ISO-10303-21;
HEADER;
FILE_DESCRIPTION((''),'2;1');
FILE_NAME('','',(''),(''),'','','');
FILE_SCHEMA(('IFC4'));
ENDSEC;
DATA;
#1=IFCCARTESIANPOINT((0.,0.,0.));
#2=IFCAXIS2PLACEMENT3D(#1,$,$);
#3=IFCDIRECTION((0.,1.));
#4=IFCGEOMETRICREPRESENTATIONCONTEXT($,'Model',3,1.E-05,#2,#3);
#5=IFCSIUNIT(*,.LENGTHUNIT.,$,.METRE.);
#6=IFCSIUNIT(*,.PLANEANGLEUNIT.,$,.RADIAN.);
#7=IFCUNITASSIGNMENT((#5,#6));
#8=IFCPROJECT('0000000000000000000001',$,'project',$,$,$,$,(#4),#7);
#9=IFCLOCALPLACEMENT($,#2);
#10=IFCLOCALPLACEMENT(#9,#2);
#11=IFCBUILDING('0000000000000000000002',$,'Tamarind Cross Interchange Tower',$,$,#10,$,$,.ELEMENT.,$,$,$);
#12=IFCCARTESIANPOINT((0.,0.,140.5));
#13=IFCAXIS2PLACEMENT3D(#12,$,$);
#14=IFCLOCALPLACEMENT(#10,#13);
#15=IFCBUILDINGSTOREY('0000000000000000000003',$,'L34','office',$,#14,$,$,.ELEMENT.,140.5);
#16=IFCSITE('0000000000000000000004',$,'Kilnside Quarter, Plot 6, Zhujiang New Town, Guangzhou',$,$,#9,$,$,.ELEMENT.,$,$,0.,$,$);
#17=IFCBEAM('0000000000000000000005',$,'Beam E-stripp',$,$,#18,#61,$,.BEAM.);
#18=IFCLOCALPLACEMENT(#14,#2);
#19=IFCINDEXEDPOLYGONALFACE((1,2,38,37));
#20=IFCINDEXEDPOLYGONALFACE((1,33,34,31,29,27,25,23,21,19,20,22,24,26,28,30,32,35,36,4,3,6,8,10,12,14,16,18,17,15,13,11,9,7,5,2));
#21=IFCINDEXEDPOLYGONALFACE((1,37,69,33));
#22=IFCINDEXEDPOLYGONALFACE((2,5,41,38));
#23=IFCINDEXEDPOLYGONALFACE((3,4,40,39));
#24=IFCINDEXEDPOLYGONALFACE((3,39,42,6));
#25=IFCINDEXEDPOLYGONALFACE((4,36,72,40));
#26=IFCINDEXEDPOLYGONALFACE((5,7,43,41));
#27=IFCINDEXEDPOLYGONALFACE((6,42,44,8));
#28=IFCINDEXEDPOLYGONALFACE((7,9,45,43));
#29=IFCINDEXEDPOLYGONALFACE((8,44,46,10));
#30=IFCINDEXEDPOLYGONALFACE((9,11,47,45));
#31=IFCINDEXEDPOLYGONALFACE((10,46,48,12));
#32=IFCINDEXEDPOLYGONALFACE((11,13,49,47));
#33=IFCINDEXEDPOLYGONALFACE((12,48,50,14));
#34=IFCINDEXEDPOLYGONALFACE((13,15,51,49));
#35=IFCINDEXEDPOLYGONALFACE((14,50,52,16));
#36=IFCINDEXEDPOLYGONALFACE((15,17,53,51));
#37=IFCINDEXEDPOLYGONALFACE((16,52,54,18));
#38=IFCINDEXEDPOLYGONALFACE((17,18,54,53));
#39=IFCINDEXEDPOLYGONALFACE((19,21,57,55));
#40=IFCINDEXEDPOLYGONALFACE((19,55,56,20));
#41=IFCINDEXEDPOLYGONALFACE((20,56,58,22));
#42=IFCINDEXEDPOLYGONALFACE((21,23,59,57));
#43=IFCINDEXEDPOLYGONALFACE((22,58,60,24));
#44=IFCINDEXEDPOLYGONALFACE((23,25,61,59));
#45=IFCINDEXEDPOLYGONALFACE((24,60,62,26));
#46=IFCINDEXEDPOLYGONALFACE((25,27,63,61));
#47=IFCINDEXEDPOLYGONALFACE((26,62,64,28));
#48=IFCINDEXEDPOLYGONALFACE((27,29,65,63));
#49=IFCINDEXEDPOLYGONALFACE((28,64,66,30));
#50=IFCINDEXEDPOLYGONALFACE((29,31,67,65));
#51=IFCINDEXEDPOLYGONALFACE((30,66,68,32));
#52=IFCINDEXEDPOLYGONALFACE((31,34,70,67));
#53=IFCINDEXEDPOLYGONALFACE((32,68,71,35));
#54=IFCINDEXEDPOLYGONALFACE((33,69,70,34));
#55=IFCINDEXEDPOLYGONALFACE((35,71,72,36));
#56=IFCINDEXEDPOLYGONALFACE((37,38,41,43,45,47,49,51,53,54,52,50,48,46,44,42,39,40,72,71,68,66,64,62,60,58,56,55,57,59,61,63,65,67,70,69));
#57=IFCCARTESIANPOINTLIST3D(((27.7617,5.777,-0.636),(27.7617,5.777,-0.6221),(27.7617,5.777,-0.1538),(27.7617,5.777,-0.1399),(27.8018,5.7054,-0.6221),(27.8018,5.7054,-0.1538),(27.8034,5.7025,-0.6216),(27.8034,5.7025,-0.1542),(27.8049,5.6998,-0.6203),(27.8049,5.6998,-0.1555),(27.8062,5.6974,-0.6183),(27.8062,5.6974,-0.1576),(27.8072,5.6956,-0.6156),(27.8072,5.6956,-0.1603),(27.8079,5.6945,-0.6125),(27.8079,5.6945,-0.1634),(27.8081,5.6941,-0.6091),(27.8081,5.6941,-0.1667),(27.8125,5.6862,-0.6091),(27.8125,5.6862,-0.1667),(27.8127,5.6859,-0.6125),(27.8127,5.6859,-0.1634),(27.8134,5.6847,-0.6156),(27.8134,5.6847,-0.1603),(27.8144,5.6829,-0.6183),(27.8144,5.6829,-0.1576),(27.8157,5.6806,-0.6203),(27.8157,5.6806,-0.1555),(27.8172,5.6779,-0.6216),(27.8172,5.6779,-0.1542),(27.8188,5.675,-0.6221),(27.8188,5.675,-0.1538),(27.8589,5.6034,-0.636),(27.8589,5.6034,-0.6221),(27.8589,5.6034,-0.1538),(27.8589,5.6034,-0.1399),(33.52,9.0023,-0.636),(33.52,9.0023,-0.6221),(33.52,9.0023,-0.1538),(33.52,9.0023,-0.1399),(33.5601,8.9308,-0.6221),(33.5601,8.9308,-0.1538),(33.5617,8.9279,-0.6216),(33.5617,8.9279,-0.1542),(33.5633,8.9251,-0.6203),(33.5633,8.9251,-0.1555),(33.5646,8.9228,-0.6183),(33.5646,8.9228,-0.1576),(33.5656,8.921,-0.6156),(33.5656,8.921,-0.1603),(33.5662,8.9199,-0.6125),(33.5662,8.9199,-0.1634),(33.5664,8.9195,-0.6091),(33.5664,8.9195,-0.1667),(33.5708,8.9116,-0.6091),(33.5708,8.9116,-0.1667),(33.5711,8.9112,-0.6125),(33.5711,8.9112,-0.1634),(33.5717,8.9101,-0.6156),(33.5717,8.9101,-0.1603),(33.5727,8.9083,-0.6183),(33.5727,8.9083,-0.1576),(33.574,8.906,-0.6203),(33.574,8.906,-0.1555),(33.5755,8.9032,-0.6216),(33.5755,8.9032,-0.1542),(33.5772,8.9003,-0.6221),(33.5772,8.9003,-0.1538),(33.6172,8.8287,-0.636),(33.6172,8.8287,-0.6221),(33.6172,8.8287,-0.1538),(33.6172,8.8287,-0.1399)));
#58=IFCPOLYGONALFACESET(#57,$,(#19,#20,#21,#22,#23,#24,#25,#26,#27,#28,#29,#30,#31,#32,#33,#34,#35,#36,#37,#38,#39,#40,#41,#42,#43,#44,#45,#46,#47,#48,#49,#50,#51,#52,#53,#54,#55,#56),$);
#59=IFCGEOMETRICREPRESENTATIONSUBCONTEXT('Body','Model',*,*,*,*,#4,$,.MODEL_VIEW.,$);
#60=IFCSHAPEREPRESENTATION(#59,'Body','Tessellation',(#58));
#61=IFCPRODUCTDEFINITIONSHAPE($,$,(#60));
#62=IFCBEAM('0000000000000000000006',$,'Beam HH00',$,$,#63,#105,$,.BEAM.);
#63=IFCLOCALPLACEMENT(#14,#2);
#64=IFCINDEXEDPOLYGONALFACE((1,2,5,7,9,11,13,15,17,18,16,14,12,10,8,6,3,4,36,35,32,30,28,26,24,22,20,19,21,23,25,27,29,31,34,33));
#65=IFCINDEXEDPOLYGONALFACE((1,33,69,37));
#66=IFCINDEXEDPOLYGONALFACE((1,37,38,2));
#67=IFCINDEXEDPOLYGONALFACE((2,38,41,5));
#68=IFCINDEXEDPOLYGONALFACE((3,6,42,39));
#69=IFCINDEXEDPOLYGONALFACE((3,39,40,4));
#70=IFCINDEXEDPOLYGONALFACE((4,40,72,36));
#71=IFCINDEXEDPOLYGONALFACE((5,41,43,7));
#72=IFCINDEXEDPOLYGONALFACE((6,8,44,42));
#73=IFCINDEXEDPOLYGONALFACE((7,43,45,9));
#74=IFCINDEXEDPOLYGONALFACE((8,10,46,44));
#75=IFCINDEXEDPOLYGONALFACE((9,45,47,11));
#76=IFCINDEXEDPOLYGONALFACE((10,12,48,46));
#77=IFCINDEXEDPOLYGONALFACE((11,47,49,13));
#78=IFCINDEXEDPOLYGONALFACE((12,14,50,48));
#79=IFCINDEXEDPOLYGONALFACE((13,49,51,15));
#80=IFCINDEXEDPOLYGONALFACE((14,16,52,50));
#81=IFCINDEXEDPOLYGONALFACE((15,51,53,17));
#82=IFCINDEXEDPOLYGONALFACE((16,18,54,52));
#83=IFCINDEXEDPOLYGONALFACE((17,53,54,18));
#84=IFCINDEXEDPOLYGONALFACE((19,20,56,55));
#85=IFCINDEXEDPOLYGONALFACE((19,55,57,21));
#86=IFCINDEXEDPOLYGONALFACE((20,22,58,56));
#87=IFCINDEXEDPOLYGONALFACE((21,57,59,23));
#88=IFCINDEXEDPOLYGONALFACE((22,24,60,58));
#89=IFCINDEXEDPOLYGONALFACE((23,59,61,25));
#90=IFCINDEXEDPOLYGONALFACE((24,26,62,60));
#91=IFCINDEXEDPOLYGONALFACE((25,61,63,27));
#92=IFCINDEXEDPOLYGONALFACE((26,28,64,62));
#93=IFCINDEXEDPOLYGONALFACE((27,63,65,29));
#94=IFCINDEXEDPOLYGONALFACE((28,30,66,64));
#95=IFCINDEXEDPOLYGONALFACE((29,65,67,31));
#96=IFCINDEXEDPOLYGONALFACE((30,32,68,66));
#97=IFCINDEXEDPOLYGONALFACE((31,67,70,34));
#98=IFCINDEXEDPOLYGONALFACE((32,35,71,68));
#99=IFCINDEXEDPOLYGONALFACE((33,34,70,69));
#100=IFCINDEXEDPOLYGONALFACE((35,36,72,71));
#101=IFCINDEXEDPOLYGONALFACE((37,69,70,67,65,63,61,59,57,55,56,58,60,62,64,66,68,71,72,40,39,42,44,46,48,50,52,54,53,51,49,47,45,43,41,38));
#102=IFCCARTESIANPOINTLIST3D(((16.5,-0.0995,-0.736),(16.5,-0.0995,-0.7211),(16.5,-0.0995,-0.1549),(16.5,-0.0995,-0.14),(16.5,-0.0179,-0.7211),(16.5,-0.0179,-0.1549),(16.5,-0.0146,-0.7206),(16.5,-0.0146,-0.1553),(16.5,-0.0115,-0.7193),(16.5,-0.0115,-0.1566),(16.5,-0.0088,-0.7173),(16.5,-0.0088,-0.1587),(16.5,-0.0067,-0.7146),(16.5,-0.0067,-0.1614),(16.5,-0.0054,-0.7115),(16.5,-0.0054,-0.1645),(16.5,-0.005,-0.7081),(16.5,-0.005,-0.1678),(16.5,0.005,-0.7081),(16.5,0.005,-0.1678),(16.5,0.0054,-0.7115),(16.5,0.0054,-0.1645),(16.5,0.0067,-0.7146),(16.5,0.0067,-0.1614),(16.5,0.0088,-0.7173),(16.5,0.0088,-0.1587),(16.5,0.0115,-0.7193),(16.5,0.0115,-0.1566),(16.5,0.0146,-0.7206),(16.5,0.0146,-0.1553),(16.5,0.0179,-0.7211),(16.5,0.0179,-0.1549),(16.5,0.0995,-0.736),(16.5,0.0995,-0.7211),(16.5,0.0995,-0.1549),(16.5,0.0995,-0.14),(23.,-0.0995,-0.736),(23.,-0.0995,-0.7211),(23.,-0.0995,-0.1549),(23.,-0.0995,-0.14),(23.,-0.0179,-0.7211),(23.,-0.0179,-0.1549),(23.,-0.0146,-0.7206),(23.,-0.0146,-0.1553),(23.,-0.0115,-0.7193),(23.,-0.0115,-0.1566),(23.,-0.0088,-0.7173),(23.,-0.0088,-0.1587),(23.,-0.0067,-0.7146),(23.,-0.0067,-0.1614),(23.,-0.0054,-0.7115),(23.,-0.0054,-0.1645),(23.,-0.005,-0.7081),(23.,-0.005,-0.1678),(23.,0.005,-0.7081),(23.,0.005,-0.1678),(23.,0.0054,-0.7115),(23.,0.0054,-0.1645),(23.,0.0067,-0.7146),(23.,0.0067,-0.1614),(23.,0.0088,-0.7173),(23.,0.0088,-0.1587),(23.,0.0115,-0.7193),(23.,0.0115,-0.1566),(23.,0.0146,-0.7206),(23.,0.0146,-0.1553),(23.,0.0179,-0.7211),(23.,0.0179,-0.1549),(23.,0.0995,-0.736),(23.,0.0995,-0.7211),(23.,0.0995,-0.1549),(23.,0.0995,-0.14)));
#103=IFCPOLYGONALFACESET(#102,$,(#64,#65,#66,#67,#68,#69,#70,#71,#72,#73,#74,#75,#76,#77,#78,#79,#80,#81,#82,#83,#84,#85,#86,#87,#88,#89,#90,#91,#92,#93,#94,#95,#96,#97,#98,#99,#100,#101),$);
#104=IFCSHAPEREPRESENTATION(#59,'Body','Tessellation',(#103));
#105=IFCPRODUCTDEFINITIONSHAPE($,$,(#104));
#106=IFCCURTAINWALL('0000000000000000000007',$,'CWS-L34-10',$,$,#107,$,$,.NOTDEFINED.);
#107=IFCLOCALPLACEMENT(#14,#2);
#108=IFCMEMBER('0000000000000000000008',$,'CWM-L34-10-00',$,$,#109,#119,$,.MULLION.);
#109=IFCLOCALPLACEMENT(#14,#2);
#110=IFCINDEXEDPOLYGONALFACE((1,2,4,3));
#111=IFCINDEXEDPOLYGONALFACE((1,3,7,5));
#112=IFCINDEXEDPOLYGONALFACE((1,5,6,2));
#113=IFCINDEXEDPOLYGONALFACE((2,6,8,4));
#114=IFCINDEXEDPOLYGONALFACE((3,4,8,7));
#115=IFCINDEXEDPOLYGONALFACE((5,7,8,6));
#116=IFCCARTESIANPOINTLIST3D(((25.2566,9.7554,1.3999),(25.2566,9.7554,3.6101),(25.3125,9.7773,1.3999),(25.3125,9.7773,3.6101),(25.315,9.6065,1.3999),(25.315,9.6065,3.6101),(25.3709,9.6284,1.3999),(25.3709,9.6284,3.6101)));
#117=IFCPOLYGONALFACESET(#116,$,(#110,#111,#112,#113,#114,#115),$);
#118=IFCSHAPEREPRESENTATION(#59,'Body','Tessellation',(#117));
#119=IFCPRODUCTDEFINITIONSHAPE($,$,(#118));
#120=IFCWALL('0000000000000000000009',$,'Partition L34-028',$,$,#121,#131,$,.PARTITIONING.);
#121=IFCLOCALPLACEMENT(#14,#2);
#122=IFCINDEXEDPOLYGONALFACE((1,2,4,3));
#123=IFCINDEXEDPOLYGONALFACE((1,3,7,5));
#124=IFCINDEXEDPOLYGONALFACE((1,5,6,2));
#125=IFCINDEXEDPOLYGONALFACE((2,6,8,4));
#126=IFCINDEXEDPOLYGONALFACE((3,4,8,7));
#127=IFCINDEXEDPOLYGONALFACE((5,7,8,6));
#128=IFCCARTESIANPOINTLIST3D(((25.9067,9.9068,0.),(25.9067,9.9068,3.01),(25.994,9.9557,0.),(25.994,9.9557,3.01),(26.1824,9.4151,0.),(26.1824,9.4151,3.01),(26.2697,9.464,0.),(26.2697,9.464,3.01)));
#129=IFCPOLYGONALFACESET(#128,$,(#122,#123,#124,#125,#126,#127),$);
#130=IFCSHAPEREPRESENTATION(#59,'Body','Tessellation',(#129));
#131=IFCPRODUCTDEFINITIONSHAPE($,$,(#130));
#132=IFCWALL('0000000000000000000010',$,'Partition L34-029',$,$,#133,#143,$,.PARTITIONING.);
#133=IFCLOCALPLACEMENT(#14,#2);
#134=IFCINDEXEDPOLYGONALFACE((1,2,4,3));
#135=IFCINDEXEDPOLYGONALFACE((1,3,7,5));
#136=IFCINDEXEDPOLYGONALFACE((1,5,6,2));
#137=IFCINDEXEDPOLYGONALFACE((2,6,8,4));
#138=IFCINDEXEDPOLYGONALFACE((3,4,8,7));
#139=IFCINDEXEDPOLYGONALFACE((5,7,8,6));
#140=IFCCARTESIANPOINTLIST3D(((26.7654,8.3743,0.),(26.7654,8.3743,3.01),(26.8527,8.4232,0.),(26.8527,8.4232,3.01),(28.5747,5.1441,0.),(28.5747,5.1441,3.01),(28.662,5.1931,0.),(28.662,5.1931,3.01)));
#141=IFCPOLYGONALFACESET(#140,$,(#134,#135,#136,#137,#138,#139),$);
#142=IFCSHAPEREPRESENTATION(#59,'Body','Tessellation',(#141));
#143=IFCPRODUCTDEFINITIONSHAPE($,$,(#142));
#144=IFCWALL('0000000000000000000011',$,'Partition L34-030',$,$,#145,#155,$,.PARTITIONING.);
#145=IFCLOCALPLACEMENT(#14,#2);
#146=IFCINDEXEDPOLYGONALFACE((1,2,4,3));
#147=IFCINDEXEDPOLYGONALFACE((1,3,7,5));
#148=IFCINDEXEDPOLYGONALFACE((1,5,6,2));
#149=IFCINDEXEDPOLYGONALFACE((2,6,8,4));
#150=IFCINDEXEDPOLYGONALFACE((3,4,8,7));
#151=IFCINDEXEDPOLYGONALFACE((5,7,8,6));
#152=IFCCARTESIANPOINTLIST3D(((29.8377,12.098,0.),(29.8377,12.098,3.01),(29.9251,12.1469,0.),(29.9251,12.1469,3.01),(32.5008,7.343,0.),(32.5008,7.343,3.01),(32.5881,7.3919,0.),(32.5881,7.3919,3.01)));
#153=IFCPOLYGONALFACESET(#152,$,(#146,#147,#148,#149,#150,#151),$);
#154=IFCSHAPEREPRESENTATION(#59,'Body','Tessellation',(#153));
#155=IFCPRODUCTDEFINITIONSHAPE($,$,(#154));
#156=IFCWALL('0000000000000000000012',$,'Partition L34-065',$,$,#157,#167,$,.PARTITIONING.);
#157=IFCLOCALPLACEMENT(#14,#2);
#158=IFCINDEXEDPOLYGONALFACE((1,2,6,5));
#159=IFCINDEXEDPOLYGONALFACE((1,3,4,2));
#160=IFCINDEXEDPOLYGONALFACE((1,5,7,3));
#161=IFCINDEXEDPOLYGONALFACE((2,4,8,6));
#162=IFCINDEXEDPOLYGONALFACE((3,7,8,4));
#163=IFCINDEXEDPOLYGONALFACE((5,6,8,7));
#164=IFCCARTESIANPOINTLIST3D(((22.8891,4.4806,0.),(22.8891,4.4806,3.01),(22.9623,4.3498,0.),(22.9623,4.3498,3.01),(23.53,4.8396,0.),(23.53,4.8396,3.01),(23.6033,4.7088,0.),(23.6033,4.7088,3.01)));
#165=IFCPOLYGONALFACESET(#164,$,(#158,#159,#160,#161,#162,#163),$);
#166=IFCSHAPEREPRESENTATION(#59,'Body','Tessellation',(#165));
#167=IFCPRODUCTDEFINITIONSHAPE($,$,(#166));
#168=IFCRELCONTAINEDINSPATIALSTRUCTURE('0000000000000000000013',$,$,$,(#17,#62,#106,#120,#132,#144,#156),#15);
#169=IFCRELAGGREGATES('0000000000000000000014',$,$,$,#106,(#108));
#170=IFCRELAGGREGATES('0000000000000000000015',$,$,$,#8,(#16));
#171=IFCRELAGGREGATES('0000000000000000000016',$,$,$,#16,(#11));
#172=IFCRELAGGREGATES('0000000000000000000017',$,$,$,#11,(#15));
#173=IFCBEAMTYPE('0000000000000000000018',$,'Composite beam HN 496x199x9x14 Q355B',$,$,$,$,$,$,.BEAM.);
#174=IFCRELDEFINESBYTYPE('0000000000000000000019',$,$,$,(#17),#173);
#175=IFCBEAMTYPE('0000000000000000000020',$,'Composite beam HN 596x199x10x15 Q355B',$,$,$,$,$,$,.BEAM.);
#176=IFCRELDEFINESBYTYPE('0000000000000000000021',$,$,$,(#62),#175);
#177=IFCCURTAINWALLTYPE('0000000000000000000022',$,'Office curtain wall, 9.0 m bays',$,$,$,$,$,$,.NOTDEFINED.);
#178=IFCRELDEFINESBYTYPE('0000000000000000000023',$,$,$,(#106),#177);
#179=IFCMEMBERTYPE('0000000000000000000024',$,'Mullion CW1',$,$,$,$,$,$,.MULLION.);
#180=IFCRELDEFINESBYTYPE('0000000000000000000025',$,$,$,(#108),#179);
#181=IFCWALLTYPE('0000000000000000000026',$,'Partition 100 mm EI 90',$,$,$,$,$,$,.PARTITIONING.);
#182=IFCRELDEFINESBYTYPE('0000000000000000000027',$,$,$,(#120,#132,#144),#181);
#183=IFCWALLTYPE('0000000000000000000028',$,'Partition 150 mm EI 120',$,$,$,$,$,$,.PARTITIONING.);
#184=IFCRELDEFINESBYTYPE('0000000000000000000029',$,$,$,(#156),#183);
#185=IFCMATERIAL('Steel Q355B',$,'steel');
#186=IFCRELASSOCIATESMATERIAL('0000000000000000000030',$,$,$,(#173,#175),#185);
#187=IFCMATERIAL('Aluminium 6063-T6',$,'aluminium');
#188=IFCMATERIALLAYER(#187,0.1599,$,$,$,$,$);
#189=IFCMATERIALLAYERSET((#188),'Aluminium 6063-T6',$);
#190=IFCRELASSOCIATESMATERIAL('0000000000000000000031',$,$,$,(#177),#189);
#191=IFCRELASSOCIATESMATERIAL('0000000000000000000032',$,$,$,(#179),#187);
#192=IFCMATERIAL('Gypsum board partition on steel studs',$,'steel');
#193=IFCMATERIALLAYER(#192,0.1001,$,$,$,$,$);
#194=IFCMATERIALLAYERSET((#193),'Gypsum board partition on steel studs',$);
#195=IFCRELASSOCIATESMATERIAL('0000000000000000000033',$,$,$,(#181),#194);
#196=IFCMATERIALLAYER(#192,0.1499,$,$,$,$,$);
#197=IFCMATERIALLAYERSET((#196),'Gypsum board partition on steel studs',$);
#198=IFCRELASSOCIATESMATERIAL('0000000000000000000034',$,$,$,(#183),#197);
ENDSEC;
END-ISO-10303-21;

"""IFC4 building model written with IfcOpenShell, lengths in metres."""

from ifc_helpers import new_model, si_unit, direction, frame, frame_2d, origin, origin_2d, place, context, subcontext, project, spatial, rectangle, i_section, extrude, material, layer, layer_set, material_profile, profile_set, type_object, element, aggregate, save


model = new_model("IFC4")

# Units and contexts
model_context = context("Model", 3, precision=1e-05, world=origin(), true_north=direction((0.0, 1.0)))
body_context = subcontext(model_context, "Body", "Model", "MODEL_VIEW")
ifc_project = project(units=[si_unit("LENGTHUNIT", "METRE"), si_unit("PLANEANGLEUNIT", "RADIAN")], contexts=[model_context])

# Site, building, storey
site_placement = place(None, origin())
site = spatial("IfcSite", under=ifc_project, at=site_placement, Name="Kilnside Quarter, Plot 6, Zhujiang New Town, Guangzhou", CompositionType="ELEMENT", RefElevation=0.0)
building_placement = place(site_placement, origin())
building = spatial("IfcBuilding", under=site, at=building_placement, Name="Tamarind Cross Interchange Tower", CompositionType="ELEMENT")
storey_placement = place(building_placement, frame((0.0, 0.0, 140.5)))
storey = spatial("IfcBuildingStorey", under=building, at=storey_placement, Name="L34", Description="office", CompositionType="ELEMENT", Elevation=140.5)

# Beams
ifc_material_1 = material(Name="Steel Q355B", Category="steel")
ifc_material_profile_1 = material_profile(ifc_material_1, i_section(OverallWidth=0.199, OverallDepth=0.4961, WebThickness=0.009, FlangeThickness=0.0139, FilletRadius=0.0129, at=origin_2d()), Name="HN 496x199x9x14")
ifc_profile_set_1 = profile_set([ifc_material_profile_1], Name="Steel Q355B")
beam_type_1 = type_object("IfcBeamType", Name="Composite beam HN 496x199x9x14 Q355B", PredefinedType="BEAM", material=ifc_profile_set_1)
beam_1_placement = place(storey_placement, frame((27.8103, 5.6902, -0.3879), z_axis=(0.872461, 0.488683, 0.0), x_axis=(-0.488683, 0.872461, 0.0)))
element("IfcBeam", 1, at=beam_1_placement, inside=storey, type_object=beam_type_1, Name="Beam E-stripp", PredefinedType="BEAM", context=body_context, shape_type="SweptSolid", body=[
    extrude(i_section(OverallWidth=0.199, OverallDepth=0.4961, WebThickness=0.009, FlangeThickness=0.0139, FilletRadius=0.0129, at=origin_2d()), origin(), (0.0, 0.0, 1.0), 6.6001),
])
ifc_material_profile_2 = material_profile(ifc_material_1, i_section(OverallWidth=0.199, OverallDepth=0.5959, WebThickness=0.01, FlangeThickness=0.0149, FilletRadius=0.0129, at=origin_2d()), Name="HN 596x199x10x15")
ifc_profile_set_2 = profile_set([ifc_material_profile_2], Name="Steel Q355B")
beam_type_2 = type_object("IfcBeamType", Name="Composite beam HN 596x199x10x15 Q355B", PredefinedType="BEAM", material=ifc_profile_set_2)
beam_2_placement = place(storey_placement, frame((23.0, 0.0, -0.438), z_axis=(-1.0, 0.0, 0.0), x_axis=(0.0, -1.0, 0.0)))
element("IfcBeam", 2, at=beam_2_placement, inside=storey, type_object=beam_type_2, Name="Beam HH00", PredefinedType="BEAM", context=body_context, shape_type="SweptSolid", body=[
    extrude(i_section(OverallWidth=0.199, OverallDepth=0.5959, WebThickness=0.01, FlangeThickness=0.0149, FilletRadius=0.0129, at=origin_2d()), origin(), (0.0, 0.0, 1.0), 6.5),
])

# Curtain wall, member
ifc_material_2 = material(Name="Aluminium 6063-T6", Category="aluminium")
ifc_layer_1 = layer(ifc_material_2, 0.1599)
ifc_layer_set_1 = layer_set([ifc_layer_1], Name="Aluminium 6063-T6")
curtain_wall_type = type_object("IfcCurtainWallType", Name="Office curtain wall, 9.0 m bays", PredefinedType="NOTDEFINED", material=ifc_layer_set_1)
curtain_wall_placement = place(storey_placement, origin())
curtain_wall = element("IfcCurtainWall", 3, at=curtain_wall_placement, inside=storey, type_object=curtain_wall_type, Name="CWS-L34-10", PredefinedType="NOTDEFINED")
ifc_material_profile_3 = material_profile(ifc_material_2, rectangle(XDim=0.0601, YDim=0.1599, at=origin_2d()), Name="Mullion CW1")
ifc_profile_set_3 = profile_set([ifc_material_profile_3], Name="Aluminium 6063-T6")
member_type = type_object("IfcMemberType", Name="Mullion CW1", PredefinedType="MULLION", material=ifc_profile_set_3)
member_placement = place(storey_placement, frame((25.3137, 9.6919, 1.3999), z_axis=(0.0, 0.0, 1.0), x_axis=(-0.930869, -0.365354, 0.0)))
member = element("IfcMember", 4, at=member_placement, type_object=member_type, Name="CWM-L34-10-00", PredefinedType="MULLION", context=body_context, shape_type="SweptSolid", body=[
    extrude(rectangle(XDim=0.0601, YDim=0.1599, at=origin_2d()), origin(), (0.0, 0.0, 1.0), 2.2102),
])
aggregate(curtain_wall, [member])

# Walls
ifc_material_3 = material(Name="Gypsum board partition on steel studs", Category="steel")
ifc_layer_2 = layer(ifc_material_3, 0.1001)
ifc_layer_set_2 = layer_set([ifc_layer_2], Name="Gypsum board partition on steel studs")
wall_type_1 = type_object("IfcWallType", Name="Partition 100 mm EI 90", PredefinedType="PARTITIONING", material=ifc_layer_set_2)
wall_1_placement = place(storey_placement, frame((25.9504, 9.9312, 0.0), z_axis=(0.0, 0.0, 1.0), x_axis=(0.488986, -0.872292, 0.0)))
element("IfcWall", 5, at=wall_1_placement, inside=storey, type_object=wall_type_1, Name="Partition L34-028", PredefinedType="PARTITIONING", context=body_context, shape_type="SweptSolid", body=[
    extrude(rectangle(XDim=0.5637, YDim=0.1001, at=frame_2d((0.2817, 0.0))), origin(), (0.0, 0.0, 1.0), 3.01),
])
wall_2_placement = place(storey_placement, frame((26.8091, 8.3987, 0.0), z_axis=(0.0, 0.0, 1.0), x_axis=(0.488686, -0.87246, 0.0)))
element("IfcWall", 6, at=wall_2_placement, inside=storey, type_object=wall_type_1, Name="Partition L34-029", PredefinedType="PARTITIONING", context=body_context, shape_type="SweptSolid", body=[
    extrude(rectangle(XDim=3.7024, YDim=0.1001, at=frame_2d((1.8511, 0.0))), origin(), (0.0, 0.0, 1.0), 3.01),
])
wall_3_placement = place(storey_placement, frame((29.8813, 12.1226, 0.0), z_axis=(0.0, 0.0, 1.0), x_axis=(0.488633, -0.872489, 0.0)))
element("IfcWall", 7, at=wall_3_placement, inside=storey, type_object=wall_type_1, Name="Partition L34-030", PredefinedType="PARTITIONING", context=body_context, shape_type="SweptSolid", body=[
    extrude(rectangle(XDim=5.45, YDim=0.1001, at=frame_2d((2.7251, 0.0))), origin(), (0.0, 0.0, 1.0), 3.01),
])
ifc_layer_3 = layer(ifc_material_3, 0.1499)
ifc_layer_set_3 = layer_set([ifc_layer_3], Name="Gypsum board partition on steel studs")
wall_type_2 = type_object("IfcWallType", Name="Partition 150 mm EI 120", PredefinedType="PARTITIONING", material=ifc_layer_set_3)
wall_4_placement = place(storey_placement, frame((22.9258, 4.4153, 0.0), z_axis=(0.0, 0.0, 1.0), x_axis=(0.872506, 0.488603, 0.0)))
element("IfcWall", 8, at=wall_4_placement, inside=storey, type_object=wall_type_2, Name="Partition L34-065", PredefinedType="PARTITIONING", context=body_context, shape_type="SweptSolid", body=[
    extrude(rectangle(XDim=0.7346, YDim=0.1499, at=frame_2d((0.3672, 0.0))), origin(), (0.0, 0.0, 1.0), 3.01),
])

save(model, "model.ifc")
